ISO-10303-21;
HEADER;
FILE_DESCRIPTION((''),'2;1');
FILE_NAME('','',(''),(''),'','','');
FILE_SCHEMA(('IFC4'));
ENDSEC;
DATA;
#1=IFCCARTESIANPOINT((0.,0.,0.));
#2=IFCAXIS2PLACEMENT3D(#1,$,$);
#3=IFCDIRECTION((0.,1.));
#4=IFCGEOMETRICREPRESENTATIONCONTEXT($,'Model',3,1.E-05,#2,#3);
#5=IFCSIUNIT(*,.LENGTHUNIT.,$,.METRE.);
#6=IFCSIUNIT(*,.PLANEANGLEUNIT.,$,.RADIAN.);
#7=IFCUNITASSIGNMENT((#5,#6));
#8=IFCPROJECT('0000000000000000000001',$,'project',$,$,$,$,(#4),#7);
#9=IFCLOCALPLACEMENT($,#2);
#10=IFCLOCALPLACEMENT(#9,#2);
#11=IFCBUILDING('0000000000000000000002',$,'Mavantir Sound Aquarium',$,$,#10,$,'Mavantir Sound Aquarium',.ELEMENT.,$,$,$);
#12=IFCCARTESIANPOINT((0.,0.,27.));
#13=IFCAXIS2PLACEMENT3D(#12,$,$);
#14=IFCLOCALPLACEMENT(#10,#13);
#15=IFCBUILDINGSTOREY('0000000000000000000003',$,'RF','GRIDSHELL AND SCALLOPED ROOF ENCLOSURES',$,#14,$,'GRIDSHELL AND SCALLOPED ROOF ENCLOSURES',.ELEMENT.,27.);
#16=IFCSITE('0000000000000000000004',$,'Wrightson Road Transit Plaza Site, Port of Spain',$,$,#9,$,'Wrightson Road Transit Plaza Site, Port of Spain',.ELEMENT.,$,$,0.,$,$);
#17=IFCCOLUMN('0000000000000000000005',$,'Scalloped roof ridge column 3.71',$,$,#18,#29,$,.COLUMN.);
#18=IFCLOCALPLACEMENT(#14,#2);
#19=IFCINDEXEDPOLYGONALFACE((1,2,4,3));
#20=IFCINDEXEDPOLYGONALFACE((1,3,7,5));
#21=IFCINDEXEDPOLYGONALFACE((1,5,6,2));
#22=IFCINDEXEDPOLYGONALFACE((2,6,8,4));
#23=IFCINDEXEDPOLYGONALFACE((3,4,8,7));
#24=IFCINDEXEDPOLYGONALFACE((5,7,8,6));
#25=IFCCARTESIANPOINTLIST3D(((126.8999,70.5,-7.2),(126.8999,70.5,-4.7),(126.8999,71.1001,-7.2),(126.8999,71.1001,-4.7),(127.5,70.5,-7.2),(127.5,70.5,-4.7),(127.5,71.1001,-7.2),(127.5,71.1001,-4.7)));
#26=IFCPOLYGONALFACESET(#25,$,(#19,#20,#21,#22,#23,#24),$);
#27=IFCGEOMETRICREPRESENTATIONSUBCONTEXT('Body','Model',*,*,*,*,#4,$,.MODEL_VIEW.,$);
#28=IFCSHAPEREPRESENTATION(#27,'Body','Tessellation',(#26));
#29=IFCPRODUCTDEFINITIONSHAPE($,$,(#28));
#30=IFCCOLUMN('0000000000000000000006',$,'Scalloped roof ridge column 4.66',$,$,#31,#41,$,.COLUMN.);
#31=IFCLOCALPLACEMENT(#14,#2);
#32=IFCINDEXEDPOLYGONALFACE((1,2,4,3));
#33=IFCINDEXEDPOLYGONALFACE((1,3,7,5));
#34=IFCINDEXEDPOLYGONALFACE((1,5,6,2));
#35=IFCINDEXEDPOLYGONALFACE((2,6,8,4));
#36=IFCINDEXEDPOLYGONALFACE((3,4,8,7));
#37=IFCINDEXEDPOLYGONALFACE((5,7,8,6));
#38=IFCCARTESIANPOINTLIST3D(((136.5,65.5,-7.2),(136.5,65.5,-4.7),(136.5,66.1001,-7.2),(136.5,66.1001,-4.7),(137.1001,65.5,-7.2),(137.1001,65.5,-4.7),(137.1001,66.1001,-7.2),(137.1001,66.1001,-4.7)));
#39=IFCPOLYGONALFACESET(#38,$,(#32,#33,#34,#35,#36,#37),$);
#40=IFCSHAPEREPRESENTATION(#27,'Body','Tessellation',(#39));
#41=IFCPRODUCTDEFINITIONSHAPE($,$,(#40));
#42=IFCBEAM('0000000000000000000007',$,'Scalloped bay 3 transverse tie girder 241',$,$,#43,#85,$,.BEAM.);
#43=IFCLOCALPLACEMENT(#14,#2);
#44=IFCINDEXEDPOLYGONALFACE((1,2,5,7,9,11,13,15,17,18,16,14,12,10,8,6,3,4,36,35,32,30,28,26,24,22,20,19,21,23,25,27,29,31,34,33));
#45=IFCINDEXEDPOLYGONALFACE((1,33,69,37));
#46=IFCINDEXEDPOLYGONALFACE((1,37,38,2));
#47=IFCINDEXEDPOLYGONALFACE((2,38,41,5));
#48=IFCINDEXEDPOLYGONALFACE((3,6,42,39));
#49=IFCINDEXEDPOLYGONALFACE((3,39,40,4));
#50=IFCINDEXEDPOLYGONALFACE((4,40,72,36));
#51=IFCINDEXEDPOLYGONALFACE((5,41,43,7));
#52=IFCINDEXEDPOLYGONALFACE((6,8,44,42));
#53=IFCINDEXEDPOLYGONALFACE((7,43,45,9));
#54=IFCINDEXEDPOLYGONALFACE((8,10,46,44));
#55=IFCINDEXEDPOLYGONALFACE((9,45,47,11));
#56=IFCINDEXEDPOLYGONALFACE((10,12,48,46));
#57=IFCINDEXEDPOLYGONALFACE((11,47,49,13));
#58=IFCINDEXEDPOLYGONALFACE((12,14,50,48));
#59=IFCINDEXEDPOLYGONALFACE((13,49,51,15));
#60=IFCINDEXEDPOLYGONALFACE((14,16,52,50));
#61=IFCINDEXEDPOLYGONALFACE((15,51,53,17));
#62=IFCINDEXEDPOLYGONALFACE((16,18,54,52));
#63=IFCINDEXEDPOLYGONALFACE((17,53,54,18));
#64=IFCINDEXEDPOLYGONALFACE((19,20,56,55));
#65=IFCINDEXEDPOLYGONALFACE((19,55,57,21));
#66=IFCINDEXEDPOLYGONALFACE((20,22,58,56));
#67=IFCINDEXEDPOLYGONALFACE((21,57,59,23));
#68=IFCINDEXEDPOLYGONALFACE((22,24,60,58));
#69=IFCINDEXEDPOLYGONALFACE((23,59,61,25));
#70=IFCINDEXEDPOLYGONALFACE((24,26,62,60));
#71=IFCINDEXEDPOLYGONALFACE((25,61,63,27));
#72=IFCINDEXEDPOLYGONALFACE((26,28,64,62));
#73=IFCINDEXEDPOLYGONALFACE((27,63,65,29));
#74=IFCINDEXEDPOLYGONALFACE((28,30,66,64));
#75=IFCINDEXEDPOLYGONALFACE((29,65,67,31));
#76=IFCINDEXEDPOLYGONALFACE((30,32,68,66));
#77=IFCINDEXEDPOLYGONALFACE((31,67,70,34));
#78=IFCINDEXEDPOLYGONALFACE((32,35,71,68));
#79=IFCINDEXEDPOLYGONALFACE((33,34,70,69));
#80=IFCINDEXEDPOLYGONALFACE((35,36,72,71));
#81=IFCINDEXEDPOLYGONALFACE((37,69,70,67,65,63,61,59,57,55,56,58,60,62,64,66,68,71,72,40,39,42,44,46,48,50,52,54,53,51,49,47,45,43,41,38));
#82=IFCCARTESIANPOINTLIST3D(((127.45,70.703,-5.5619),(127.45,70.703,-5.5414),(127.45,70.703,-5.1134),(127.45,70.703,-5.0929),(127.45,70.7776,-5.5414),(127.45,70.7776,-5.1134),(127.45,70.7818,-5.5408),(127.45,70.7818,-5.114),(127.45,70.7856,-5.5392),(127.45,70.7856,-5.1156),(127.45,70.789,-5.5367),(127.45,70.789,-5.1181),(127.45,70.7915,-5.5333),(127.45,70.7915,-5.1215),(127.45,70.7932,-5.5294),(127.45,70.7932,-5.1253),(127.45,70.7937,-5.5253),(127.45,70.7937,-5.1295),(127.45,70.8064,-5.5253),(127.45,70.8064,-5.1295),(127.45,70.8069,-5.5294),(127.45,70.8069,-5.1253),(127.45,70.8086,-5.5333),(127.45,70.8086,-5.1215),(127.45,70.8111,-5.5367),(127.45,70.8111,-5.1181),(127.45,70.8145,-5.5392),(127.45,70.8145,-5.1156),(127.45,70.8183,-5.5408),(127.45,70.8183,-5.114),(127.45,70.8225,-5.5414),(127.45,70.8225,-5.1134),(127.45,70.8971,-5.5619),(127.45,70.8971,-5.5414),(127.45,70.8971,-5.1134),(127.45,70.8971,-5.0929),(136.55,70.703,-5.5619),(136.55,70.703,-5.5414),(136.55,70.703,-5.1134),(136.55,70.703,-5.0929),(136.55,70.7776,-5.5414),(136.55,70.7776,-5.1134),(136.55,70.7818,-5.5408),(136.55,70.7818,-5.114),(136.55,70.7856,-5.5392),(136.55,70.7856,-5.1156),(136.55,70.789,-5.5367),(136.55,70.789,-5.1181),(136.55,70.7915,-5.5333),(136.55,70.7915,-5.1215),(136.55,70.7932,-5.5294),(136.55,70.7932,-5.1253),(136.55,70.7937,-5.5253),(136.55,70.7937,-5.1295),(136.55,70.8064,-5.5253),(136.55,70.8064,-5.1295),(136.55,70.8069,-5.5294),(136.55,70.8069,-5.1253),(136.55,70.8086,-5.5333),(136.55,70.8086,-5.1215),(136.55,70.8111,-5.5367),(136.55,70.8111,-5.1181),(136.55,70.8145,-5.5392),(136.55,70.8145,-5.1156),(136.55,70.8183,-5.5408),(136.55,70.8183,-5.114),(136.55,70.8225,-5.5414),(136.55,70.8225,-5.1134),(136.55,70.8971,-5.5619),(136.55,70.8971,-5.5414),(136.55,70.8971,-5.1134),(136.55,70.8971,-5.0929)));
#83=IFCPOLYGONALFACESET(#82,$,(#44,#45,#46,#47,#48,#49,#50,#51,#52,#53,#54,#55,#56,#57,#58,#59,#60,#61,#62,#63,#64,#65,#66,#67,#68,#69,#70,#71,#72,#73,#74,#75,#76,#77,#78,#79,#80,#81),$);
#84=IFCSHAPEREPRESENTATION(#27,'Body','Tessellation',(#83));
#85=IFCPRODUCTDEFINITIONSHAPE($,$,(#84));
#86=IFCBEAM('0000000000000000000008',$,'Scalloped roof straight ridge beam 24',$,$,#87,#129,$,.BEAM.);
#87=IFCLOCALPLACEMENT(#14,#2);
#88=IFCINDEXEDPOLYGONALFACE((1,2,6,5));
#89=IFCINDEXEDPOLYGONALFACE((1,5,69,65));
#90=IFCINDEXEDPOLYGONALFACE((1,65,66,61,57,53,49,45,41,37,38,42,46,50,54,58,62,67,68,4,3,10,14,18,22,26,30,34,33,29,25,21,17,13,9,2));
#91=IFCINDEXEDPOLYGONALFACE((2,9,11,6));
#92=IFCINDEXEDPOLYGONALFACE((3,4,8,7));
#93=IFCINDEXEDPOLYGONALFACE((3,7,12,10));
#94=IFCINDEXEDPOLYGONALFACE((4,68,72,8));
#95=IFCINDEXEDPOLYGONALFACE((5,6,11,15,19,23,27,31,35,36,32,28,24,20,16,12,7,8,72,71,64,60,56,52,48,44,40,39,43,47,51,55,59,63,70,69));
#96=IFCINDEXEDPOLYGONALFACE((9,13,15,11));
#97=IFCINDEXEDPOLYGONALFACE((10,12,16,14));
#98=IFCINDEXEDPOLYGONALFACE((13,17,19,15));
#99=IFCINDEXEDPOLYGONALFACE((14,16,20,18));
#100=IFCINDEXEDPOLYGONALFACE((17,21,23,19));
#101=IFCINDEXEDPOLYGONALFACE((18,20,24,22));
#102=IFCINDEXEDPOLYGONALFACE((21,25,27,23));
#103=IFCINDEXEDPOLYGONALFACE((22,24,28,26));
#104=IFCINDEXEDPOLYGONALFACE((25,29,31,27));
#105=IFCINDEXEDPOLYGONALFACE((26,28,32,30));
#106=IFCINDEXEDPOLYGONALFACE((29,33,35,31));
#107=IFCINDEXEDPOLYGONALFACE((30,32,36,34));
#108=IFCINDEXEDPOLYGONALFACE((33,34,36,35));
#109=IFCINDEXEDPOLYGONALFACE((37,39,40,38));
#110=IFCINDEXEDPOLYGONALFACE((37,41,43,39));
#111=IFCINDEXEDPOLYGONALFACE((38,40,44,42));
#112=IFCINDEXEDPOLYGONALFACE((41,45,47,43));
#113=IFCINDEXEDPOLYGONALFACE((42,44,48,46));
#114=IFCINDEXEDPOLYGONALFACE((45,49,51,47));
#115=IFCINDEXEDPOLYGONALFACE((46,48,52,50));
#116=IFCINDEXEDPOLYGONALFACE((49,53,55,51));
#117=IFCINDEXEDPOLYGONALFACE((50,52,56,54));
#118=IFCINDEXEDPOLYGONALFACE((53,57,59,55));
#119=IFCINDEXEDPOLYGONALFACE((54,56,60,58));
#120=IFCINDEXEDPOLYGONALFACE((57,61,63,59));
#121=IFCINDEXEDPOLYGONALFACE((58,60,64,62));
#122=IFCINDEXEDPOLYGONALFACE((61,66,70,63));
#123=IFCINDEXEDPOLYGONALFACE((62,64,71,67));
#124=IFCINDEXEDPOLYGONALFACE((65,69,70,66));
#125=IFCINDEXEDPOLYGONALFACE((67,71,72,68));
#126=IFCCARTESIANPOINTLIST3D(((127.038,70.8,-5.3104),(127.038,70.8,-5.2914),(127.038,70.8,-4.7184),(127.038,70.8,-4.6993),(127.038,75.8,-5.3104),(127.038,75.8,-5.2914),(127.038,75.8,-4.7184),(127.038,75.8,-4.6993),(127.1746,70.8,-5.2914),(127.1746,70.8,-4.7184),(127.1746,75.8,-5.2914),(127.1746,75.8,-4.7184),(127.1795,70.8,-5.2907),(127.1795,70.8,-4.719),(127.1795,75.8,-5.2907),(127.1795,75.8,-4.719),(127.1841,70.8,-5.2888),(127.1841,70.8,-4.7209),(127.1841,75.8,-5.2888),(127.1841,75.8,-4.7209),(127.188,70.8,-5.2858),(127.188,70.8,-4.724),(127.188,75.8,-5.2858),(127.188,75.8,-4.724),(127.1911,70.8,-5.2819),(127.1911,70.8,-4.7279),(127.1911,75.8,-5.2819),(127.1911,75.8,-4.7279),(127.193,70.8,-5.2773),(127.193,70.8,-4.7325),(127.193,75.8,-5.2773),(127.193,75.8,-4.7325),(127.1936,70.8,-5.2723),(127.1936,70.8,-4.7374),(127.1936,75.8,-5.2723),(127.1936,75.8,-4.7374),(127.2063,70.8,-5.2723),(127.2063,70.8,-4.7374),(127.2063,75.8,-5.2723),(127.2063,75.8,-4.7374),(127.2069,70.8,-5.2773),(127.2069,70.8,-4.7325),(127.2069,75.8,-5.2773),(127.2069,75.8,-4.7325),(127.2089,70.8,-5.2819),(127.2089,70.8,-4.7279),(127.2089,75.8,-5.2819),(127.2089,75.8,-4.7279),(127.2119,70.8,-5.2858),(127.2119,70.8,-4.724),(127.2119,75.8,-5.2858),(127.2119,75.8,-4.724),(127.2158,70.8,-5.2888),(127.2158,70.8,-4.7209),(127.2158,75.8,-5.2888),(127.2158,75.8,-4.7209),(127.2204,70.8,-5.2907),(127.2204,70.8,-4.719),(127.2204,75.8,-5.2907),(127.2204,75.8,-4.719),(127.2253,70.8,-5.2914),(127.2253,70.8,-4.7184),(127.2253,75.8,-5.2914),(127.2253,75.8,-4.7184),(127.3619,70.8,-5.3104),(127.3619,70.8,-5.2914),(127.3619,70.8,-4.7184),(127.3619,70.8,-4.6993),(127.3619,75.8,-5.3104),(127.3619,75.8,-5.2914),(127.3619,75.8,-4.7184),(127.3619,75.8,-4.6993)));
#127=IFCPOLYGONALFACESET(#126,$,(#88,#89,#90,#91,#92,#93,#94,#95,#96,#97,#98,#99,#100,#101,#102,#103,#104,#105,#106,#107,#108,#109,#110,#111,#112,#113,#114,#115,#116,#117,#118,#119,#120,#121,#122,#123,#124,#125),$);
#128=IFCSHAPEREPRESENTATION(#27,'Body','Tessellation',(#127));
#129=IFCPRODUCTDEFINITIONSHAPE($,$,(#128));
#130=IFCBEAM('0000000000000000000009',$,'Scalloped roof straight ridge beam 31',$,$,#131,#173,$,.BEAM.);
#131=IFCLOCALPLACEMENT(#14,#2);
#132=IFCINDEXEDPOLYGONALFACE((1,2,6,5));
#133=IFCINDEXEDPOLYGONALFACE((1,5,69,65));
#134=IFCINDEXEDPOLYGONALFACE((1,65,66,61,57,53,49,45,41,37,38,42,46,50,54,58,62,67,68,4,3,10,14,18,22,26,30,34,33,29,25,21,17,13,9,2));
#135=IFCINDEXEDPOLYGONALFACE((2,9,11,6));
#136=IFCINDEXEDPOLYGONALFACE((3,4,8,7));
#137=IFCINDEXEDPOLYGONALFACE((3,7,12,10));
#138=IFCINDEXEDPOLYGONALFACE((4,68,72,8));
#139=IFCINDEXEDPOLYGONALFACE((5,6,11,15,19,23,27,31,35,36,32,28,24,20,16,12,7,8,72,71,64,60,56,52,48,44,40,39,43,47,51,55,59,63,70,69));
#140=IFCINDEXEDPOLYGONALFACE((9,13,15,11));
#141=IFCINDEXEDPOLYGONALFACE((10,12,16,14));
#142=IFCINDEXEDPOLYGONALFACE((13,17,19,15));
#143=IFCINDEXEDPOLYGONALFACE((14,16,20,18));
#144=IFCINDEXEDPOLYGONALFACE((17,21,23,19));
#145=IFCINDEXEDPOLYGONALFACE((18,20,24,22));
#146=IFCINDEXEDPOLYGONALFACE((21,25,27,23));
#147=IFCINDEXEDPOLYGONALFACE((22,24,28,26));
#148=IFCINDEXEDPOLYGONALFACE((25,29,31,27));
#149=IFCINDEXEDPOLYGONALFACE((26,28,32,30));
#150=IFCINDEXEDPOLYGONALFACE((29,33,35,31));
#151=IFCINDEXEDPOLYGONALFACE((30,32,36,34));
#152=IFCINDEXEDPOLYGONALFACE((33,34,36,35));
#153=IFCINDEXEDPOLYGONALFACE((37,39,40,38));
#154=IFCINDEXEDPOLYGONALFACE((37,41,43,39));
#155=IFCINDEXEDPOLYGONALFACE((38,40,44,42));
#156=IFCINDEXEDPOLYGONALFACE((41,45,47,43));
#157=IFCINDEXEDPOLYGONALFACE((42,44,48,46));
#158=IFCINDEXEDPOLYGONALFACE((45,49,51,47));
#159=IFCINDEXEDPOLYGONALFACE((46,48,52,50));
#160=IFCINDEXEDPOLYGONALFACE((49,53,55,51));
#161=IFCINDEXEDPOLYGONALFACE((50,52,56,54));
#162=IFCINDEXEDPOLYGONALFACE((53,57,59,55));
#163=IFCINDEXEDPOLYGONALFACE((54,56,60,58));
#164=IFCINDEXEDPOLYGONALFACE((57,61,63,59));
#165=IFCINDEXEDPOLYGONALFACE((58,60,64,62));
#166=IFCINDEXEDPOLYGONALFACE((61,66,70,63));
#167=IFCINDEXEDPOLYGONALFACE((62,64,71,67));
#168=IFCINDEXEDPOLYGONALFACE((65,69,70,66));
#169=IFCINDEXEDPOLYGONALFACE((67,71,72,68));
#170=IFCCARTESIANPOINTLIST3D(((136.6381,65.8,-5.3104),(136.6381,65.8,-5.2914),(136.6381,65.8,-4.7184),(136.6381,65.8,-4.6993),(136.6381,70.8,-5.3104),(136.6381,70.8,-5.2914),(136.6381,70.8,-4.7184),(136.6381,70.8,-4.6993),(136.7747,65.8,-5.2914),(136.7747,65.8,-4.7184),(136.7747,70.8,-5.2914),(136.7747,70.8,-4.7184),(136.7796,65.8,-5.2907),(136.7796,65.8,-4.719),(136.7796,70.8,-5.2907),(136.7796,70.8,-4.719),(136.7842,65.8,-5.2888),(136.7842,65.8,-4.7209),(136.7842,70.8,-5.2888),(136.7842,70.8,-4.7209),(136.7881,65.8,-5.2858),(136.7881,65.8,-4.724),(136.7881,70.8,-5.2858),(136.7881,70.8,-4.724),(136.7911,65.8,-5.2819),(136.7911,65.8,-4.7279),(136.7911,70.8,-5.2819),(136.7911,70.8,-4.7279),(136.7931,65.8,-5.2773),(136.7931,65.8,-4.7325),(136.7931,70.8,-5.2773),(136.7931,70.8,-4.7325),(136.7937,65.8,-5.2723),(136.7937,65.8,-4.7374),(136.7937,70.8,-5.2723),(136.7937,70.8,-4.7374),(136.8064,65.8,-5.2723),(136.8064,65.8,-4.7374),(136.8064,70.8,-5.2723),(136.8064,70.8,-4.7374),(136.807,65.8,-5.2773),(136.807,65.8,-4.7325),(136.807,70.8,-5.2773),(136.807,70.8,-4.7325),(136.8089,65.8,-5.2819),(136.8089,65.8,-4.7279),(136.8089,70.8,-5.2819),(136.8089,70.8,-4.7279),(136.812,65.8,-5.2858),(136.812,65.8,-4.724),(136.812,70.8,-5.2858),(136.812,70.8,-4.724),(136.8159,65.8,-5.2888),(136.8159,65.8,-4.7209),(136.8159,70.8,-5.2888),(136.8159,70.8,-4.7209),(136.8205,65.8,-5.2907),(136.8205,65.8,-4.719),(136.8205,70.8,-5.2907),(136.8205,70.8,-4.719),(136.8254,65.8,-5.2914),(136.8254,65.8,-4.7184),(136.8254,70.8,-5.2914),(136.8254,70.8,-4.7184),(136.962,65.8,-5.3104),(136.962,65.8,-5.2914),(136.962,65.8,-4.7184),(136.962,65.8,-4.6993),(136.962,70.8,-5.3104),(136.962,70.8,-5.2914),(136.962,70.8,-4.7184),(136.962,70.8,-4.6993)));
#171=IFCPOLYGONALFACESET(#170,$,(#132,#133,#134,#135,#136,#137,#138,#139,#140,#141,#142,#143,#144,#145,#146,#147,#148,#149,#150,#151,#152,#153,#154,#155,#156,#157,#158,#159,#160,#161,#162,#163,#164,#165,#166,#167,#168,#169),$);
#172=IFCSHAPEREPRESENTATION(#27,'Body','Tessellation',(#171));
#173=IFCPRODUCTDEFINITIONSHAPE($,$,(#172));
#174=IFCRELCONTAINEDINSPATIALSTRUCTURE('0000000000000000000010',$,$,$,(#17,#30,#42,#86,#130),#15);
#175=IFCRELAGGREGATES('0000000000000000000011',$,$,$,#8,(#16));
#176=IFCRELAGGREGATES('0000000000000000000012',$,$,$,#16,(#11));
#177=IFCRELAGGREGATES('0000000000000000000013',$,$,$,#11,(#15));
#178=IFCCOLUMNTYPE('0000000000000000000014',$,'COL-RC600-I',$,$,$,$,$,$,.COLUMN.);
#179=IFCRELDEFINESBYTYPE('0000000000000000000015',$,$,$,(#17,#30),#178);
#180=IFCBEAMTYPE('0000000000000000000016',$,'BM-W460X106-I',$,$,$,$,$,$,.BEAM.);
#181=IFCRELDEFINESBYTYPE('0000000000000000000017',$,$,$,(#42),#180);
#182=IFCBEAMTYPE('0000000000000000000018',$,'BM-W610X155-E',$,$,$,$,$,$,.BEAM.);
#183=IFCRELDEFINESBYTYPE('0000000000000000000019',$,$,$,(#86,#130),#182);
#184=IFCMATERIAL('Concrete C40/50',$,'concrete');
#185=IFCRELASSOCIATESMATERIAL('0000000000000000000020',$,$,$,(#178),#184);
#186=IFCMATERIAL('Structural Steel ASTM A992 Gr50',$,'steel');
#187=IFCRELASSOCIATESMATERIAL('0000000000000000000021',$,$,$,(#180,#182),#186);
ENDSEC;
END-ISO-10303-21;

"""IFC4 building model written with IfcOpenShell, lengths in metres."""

from ifc_helpers import new_model, si_unit, direction, frame, origin, origin_2d, place, context, subcontext, project, spatial, rectangle, i_section, extrude, material, material_profile, profile_set, type_object, element, save


model = new_model("IFC4")

# Units and contexts
model_context = context("Model", 3, precision=1e-05, world=origin(), true_north=direction((0.0, 1.0)))
body_context = subcontext(model_context, "Body", "Model", "MODEL_VIEW")
ifc_project = project(units=[si_unit("LENGTHUNIT", "METRE"), si_unit("PLANEANGLEUNIT", "RADIAN")], contexts=[model_context])

# Site, building, storey
site_placement = place(None, origin())
site = spatial("IfcSite", under=ifc_project, at=site_placement, Name="Wrightson Road Transit Plaza Site, Port of Spain", LongName="Wrightson Road Transit Plaza Site, Port of Spain", CompositionType="ELEMENT", RefElevation=0.0)
building_placement = place(site_placement, origin())
building = spatial("IfcBuilding", under=site, at=building_placement, Name="Mavantir Sound Aquarium", LongName="Mavantir Sound Aquarium", CompositionType="ELEMENT")
storey_placement = place(building_placement, frame((0.0, 0.0, 27.0)))
storey = spatial("IfcBuildingStorey", under=building, at=storey_placement, Name="RF", Description="GRIDSHELL AND SCALLOPED ROOF ENCLOSURES", LongName="GRIDSHELL AND SCALLOPED ROOF ENCLOSURES", CompositionType="ELEMENT", Elevation=27.0)

# Columns
ifc_material_1 = material(Name="Concrete C40/50", Category="concrete")
ifc_material_profile_1 = material_profile(ifc_material_1, rectangle(XDim=0.6001, YDim=0.6001, at=origin_2d()), Name="RC 600X600")
ifc_profile_set_1 = profile_set([ifc_material_profile_1], Name="Concrete C40/50")
column_type = type_object("IfcColumnType", Name="COL-RC600-I", PredefinedType="COLUMN", material=ifc_profile_set_1)
for number, where, z_axis, x_axis, name in (
    (1, (127.2, 70.8, -7.2), (0.0, 0.0, 1.0), (1.0, 0.0, 0.0), "Scalloped roof ridge column 3.71"),
    (2, (136.8, 65.8, -7.2), (0.0, 0.0, 1.0), (1.0, 0.0, 0.0), "Scalloped roof ridge column 4.66"),
):
    element("IfcColumn", number, at=place(storey_placement, frame(where, z_axis=z_axis, x_axis=x_axis)), inside=storey, type_object=column_type, Name=name, PredefinedType="COLUMN", context=body_context, shape_type="SweptSolid", body=[
        extrude(rectangle(XDim=0.6001, YDim=0.6001, at=origin_2d()), origin(), (0.0, 0.0, 1.0), 2.5),
    ])

# Beams
ifc_material_2 = material(Name="Structural Steel ASTM A992 Gr50", Category="steel")
ifc_material_profile_2 = material_profile(ifc_material_2, i_section(OverallWidth=0.1941, OverallDepth=0.469, WebThickness=0.0127, FlangeThickness=0.0205, FilletRadius=0.0161, at=origin_2d()), Name="W460X106")
ifc_profile_set_2 = profile_set([ifc_material_profile_2], Name="Structural Steel ASTM A992 Gr50")
beam_type_1 = type_object("IfcBeamType", Name="BM-W460X106-I", PredefinedType="BEAM", material=ifc_profile_set_2)
beam_placement = place(storey_placement, frame((127.45, 70.8, -5.3274), z_axis=(1.0, 0.0, 0.0), x_axis=(0.0, 1.0, 0.0)))
element("IfcBeam", 3, at=beam_placement, inside=storey, type_object=beam_type_1, Name="Scalloped bay 3 transverse tie girder 241", PredefinedType="BEAM", context=body_context, shape_type="SweptSolid", body=[
    extrude(i_section(OverallWidth=0.1941, OverallDepth=0.469, WebThickness=0.0127, FlangeThickness=0.0205, FilletRadius=0.0161, at=origin_2d()), origin(), (0.0, 0.0, 1.0), 9.1001),
])
ifc_material_profile_3 = material_profile(ifc_material_2, i_section(OverallWidth=0.324, OverallDepth=0.6111, WebThickness=0.0127, FlangeThickness=0.019, FilletRadius=0.019, at=origin_2d()), Name="W610X155")
ifc_profile_set_3 = profile_set([ifc_material_profile_3], Name="Structural Steel ASTM A992 Gr50")
beam_type_2 = type_object("IfcBeamType", Name="BM-W610X155-E", PredefinedType="BEAM", material=ifc_profile_set_3)
for number, where, z_axis, x_axis, name in (
    (4, (127.2, 70.8, -5.0049), (0.0, 1.0, 0.0), (-1.0, 0.0, 0.0), "Scalloped roof straight ridge beam 24"),
    (5, (136.8, 65.8, -5.0049), (0.0, 1.0, 0.0), (-1.0, 0.0, 0.0), "Scalloped roof straight ridge beam 31"),
):
    element("IfcBeam", number, at=place(storey_placement, frame(where, z_axis=z_axis, x_axis=x_axis)), inside=storey, type_object=beam_type_2, Name=name, PredefinedType="BEAM", context=body_context, shape_type="SweptSolid", body=[
        extrude(i_section(OverallWidth=0.324, OverallDepth=0.6111, WebThickness=0.0127, FlangeThickness=0.019, FilletRadius=0.019, at=origin_2d()), origin(), (0.0, 0.0, 1.0), 5.0),
    ])

save(model, "model.ifc")
